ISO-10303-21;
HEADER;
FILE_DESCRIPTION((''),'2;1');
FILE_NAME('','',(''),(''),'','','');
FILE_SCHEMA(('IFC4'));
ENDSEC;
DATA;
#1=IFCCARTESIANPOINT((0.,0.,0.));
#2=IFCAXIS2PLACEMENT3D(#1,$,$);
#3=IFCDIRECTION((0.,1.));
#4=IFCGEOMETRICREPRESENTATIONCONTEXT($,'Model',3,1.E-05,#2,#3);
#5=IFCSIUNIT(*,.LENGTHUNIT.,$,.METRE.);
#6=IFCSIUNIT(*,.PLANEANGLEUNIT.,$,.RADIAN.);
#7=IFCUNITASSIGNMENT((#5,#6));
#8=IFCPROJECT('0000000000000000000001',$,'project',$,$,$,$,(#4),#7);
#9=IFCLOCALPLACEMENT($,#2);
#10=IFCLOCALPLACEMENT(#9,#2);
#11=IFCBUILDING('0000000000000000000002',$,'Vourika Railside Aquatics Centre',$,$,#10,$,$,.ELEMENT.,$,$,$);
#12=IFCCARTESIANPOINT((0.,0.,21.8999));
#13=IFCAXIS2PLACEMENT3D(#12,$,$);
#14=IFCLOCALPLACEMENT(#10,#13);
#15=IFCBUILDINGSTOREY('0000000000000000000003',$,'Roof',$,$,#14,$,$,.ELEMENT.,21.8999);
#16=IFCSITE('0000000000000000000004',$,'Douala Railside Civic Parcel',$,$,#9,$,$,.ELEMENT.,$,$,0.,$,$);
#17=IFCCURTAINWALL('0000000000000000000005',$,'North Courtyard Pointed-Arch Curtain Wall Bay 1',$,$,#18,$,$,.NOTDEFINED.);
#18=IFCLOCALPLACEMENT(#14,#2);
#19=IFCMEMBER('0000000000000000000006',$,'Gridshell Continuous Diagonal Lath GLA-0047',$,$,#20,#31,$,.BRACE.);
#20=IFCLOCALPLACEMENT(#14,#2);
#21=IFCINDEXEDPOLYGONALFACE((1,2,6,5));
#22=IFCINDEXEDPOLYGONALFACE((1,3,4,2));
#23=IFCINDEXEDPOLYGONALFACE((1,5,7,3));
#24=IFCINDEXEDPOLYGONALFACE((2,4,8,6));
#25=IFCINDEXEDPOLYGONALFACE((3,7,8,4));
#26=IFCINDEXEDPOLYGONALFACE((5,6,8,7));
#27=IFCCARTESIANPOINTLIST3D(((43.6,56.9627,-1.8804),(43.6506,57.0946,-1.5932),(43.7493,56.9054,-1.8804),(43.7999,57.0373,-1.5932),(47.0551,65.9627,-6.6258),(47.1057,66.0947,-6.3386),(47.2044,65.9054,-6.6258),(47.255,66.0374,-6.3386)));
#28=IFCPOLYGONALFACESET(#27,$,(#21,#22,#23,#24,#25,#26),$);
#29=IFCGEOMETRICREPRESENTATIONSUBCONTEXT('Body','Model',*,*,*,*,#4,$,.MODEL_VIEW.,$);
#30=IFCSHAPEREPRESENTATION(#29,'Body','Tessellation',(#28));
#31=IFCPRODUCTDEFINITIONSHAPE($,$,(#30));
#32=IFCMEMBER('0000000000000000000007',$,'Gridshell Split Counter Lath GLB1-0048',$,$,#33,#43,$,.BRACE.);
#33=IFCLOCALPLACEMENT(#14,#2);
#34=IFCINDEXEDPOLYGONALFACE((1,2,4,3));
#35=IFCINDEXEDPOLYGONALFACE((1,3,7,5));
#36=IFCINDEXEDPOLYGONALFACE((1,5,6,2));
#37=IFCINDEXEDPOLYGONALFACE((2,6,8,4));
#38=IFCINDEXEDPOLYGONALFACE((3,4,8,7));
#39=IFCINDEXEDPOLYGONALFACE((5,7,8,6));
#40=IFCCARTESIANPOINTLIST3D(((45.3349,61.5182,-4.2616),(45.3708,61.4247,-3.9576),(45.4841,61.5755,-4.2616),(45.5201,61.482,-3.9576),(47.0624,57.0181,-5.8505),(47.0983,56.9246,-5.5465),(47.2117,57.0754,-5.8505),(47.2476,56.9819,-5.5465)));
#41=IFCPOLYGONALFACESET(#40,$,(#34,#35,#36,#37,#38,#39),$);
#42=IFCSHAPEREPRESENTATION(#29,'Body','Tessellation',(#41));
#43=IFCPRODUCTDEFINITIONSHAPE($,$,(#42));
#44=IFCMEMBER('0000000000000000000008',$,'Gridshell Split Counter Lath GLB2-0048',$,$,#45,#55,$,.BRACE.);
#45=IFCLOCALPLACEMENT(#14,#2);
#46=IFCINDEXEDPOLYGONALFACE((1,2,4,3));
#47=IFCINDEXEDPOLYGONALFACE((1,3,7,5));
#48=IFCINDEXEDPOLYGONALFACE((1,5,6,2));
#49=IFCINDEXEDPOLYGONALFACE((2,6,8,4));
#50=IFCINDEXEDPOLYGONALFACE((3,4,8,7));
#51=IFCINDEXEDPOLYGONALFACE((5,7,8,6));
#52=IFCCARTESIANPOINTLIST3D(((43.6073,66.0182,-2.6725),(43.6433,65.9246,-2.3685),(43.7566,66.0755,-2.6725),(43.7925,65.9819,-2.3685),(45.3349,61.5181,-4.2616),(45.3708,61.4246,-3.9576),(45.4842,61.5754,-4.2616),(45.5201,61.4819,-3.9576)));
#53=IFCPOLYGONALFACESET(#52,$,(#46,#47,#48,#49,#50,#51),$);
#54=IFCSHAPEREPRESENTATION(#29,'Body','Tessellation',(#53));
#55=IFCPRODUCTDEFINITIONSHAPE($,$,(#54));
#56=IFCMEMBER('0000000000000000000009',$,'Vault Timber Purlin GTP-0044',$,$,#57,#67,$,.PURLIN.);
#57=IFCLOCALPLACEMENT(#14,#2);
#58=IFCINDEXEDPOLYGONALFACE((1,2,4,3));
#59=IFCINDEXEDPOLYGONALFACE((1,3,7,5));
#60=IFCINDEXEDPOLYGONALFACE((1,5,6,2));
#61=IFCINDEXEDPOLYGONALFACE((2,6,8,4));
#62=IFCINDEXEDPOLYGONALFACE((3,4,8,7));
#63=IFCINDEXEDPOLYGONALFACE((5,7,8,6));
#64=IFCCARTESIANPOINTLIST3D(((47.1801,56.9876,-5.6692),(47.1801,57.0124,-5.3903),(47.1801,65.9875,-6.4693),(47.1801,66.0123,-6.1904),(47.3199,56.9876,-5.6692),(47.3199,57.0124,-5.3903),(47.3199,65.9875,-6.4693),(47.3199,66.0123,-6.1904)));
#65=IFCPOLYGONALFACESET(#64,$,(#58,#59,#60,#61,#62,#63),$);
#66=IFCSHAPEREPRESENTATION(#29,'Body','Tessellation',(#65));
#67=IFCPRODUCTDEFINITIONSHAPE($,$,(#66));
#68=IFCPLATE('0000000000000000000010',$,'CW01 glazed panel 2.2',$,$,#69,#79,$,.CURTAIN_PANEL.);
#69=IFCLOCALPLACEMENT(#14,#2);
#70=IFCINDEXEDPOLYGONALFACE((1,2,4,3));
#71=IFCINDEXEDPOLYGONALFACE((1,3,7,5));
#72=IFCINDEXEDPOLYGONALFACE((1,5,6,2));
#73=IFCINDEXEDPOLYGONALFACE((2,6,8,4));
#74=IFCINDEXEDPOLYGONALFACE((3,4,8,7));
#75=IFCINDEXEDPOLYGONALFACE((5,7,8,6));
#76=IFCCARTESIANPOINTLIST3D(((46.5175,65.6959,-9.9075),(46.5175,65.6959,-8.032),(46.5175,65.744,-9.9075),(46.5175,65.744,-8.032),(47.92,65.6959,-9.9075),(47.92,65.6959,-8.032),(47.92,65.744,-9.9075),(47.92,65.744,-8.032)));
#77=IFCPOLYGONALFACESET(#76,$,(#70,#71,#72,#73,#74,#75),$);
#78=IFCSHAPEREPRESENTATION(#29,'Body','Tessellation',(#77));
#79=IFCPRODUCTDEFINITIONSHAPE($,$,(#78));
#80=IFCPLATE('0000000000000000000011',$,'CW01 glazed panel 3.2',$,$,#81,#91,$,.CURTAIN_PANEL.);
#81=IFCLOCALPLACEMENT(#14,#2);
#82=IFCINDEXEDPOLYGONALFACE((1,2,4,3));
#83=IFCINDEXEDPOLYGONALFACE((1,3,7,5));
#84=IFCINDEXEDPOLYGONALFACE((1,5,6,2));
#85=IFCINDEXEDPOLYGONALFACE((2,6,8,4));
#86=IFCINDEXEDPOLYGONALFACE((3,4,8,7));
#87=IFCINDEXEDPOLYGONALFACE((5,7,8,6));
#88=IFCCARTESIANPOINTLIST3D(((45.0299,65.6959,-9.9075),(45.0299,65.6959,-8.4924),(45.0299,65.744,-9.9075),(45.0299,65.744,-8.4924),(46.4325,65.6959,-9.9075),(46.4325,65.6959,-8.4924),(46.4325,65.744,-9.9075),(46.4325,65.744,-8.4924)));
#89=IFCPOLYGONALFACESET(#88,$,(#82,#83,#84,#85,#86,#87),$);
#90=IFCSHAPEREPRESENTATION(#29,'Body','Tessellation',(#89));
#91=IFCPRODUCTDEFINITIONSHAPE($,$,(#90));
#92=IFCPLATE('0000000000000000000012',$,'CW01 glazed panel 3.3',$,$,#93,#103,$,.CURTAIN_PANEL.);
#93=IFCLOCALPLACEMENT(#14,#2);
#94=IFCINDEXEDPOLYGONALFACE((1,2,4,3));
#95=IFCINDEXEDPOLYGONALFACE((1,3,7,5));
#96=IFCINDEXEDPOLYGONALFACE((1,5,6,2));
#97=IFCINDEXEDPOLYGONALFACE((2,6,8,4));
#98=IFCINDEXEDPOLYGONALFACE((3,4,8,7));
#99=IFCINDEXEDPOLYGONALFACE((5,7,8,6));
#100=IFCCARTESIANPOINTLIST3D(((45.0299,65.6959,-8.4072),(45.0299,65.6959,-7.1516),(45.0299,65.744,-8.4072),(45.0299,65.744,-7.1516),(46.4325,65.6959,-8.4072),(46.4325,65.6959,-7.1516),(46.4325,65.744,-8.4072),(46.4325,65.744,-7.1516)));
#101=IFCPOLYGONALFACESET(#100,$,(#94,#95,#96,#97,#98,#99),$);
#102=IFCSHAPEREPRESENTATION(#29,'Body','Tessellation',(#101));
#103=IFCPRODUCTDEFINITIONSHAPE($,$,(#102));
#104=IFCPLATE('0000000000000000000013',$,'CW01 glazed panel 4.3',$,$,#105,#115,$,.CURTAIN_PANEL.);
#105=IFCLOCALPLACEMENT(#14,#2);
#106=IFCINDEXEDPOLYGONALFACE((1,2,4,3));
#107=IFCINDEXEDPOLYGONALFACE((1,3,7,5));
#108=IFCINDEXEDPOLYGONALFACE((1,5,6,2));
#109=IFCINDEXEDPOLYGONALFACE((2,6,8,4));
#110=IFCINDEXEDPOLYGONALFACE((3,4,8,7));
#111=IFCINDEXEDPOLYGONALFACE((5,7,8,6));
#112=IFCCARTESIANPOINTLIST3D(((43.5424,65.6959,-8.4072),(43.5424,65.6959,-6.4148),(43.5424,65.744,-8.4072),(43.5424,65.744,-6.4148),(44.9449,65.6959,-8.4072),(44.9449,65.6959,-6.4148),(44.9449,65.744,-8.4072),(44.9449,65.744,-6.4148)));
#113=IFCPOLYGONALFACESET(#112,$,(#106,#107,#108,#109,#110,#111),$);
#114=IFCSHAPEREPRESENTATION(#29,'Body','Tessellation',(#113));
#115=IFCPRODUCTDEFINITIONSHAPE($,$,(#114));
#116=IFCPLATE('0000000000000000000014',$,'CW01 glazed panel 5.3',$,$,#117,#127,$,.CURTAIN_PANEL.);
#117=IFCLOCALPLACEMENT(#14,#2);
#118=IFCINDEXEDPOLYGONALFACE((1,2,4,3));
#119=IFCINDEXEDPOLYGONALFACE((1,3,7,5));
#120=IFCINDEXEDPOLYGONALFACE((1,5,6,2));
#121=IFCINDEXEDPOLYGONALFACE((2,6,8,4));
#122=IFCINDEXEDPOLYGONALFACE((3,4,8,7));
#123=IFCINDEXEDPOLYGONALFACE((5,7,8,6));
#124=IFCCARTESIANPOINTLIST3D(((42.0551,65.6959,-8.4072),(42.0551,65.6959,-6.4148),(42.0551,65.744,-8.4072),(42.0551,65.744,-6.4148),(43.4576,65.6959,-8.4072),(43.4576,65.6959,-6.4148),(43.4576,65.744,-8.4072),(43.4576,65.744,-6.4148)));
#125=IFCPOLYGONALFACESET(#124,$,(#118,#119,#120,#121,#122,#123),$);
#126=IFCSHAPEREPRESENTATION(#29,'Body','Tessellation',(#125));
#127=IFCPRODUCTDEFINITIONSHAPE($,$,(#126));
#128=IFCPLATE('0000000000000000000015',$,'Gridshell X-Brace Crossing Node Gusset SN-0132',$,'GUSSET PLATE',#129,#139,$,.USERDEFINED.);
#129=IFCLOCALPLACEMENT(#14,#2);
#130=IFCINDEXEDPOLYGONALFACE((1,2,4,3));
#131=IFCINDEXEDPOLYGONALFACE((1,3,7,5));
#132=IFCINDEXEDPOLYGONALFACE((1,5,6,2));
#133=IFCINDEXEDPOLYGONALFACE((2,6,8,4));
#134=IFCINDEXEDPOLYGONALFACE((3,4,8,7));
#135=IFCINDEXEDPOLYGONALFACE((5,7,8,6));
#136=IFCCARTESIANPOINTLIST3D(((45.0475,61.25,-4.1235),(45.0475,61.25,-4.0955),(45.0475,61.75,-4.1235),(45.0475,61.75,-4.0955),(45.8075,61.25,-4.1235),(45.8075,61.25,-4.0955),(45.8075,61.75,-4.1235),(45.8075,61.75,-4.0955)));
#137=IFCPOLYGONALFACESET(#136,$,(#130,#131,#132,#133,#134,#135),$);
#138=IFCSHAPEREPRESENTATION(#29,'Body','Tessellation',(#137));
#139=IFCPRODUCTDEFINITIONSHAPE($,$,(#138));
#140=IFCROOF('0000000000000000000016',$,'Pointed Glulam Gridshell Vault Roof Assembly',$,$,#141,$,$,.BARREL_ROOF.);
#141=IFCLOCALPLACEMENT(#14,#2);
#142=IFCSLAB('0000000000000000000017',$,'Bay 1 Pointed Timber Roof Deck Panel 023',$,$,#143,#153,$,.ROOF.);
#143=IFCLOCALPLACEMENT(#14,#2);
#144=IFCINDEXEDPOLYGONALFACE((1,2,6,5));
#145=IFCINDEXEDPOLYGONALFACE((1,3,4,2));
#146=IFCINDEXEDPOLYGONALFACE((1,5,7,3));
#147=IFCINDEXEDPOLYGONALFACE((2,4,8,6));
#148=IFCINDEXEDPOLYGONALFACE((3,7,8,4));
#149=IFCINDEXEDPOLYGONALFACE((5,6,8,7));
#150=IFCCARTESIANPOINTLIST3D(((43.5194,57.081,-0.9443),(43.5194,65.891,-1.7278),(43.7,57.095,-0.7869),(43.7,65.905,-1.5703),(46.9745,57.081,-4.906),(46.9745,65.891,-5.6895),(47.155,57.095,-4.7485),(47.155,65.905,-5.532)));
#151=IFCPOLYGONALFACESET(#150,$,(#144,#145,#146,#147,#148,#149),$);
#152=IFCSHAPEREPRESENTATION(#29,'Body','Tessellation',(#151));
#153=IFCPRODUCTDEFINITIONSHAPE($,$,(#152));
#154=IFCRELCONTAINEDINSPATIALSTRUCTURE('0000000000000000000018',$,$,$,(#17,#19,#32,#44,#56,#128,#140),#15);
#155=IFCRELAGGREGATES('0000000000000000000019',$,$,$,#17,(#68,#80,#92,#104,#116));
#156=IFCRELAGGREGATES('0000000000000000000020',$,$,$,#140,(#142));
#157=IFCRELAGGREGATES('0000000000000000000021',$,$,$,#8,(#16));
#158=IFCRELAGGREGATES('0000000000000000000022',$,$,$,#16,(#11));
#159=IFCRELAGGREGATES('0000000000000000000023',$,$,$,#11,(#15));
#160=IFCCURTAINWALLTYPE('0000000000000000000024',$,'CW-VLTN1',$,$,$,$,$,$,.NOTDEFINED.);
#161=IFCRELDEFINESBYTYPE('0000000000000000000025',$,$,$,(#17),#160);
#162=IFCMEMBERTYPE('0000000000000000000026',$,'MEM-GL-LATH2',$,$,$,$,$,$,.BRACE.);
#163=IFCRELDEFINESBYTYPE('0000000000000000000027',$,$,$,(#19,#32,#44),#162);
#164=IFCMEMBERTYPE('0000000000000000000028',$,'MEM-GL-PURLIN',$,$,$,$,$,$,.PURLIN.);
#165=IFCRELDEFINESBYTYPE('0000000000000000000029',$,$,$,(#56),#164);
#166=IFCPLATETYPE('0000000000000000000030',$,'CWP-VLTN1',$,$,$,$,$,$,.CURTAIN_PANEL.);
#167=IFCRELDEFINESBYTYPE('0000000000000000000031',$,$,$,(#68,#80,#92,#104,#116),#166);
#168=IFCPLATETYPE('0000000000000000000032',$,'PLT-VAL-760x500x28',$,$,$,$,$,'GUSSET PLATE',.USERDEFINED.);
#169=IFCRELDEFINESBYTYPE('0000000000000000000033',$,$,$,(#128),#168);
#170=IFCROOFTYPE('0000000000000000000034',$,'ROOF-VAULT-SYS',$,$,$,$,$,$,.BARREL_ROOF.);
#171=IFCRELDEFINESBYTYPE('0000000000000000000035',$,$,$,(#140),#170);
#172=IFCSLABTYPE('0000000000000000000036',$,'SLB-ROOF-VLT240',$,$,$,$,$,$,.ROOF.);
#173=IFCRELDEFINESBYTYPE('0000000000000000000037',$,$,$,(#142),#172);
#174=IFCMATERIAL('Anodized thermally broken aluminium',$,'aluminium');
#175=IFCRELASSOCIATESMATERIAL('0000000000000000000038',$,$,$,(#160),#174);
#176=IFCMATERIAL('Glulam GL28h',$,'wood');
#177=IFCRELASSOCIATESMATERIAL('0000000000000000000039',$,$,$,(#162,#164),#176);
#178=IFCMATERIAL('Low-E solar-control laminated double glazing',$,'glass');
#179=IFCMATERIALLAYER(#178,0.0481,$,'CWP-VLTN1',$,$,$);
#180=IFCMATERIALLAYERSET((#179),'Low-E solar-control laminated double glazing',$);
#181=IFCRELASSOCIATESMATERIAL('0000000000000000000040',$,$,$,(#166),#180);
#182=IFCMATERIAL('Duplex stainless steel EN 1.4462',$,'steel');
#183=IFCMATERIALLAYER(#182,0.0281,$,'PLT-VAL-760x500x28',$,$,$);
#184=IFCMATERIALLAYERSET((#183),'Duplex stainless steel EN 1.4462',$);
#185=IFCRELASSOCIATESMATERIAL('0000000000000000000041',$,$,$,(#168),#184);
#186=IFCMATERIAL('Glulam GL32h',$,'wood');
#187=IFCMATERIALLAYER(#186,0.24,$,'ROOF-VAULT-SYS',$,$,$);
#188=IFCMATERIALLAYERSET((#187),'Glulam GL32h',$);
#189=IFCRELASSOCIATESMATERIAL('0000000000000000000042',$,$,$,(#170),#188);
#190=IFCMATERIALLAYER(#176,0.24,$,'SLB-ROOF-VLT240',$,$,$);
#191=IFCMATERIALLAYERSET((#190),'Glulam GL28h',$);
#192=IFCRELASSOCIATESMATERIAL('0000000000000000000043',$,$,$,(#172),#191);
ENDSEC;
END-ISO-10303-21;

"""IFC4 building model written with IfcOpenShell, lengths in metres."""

from ifc_helpers import new_model, si_unit, direction, frame, origin, origin_2d, place, context, subcontext, project, spatial, polyline, rectangle, outline, extrude, material, layer, layer_set, material_profile, profile_set, type_object, element, aggregate, save


model = new_model("IFC4")

# Units and contexts
model_context = context("Model", 3, precision=1e-05, world=origin(), true_north=direction((0.0, 1.0)))
body_context = subcontext(model_context, "Body", "Model", "MODEL_VIEW")
ifc_project = project(units=[si_unit("LENGTHUNIT", "METRE"), si_unit("PLANEANGLEUNIT", "RADIAN")], contexts=[model_context])

# Site, building, storey
site_placement = place(None, origin())
site = spatial("IfcSite", under=ifc_project, at=site_placement, Name="Douala Railside Civic Parcel", CompositionType="ELEMENT", RefElevation=0.0)
building_placement = place(site_placement, origin())
building = spatial("IfcBuilding", under=site, at=building_placement, Name="Vourika Railside Aquatics Centre", CompositionType="ELEMENT")
storey_placement = place(building_placement, frame((0.0, 0.0, 21.8999)))
storey = spatial("IfcBuildingStorey", under=building, at=storey_placement, Name="Roof", CompositionType="ELEMENT", Elevation=21.8999)

# Shared definitions
ifc_material_1 = material(Name="Glulam GL32h", Category="wood")

# Curtain wall
ifc_material_2 = material(Name="Anodized thermally broken aluminium", Category="aluminium")
curtain_wall_type = type_object("IfcCurtainWallType", Name="CW-VLTN1", PredefinedType="NOTDEFINED", material=ifc_material_2)
curtain_wall_placement = place(storey_placement, origin())
curtain_wall = element("IfcCurtainWall", 1, at=curtain_wall_placement, inside=storey, type_object=curtain_wall_type, Name="North Courtyard Pointed-Arch Curtain Wall Bay 1", PredefinedType="NOTDEFINED")

# Members
ifc_material_3 = material(Name="Glulam GL28h", Category="wood")
ifc_material_profile_1 = material_profile(ifc_material_3, rectangle(XDim=0.1599, YDim=0.3201, at=origin_2d()), Name="GL28h 160x320")
ifc_profile_set_1 = profile_set([ifc_material_profile_1], Name="Glulam GL28h")
member_type_1 = type_object("IfcMemberType", Name="MEM-GL-LATH2", PredefinedType="BRACE", material=ifc_profile_set_1)
member_1_placement = place(storey_placement, frame((43.7, 57.0, -1.7368), z_axis=(0.321551, 0.837595, -0.441632), x_axis=(-0.93357, 0.358395, 0.0)))
element("IfcMember", 2, at=member_1_placement, inside=storey, type_object=member_type_1, Name="Gridshell Continuous Diagonal Lath GLA-0047", PredefinedType="BRACE", context=body_context, shape_type="SweptSolid", body=[
    extrude(rectangle(XDim=0.1599, YDim=0.3201, at=origin_2d()), origin(), (0.0, 0.0, 1.0), 10.7451),
])
for number, where, z_axis, x_axis, name in (
    (3, (47.155, 57.0, -5.6985), (-0.34038, 0.886643, 0.313057), (-0.93357, -0.358395, 0.0), "Gridshell Split Counter Lath GLB1-0048"),
    (4, (45.4275, 61.5, -4.1096), (-0.340375, 0.88663, 0.313101), (-0.93357, -0.358395, 0.0), "Gridshell Split Counter Lath GLB2-0048"),
):
    element("IfcMember", number, at=place(storey_placement, frame(where, z_axis=z_axis, x_axis=x_axis)), inside=storey, type_object=member_type_1, Name=name, PredefinedType="BRACE", context=body_context, shape_type="SweptSolid", body=[
        extrude(rectangle(XDim=0.1599, YDim=0.3201, at=origin_2d()), origin(), (0.0, 0.0, 1.0), 5.0754),
    ])
ifc_material_profile_2 = material_profile(ifc_material_3, rectangle(XDim=0.1399, YDim=0.28, at=origin_2d()), Name="GL28h 140x280")
ifc_profile_set_2 = profile_set([ifc_material_profile_2], Name="Glulam GL28h")
member_type_2 = type_object("IfcMemberType", Name="MEM-GL-PURLIN", PredefinedType="PURLIN", material=ifc_profile_set_2)
member_2_placement = place(storey_placement, frame((47.25, 57.0, -5.5298), z_axis=(0.0, 0.996072, -0.088545), x_axis=(-1.0, 0.0, 0.0)))
element("IfcMember", 5, at=member_2_placement, inside=storey, type_object=member_type_2, Name="Vault Timber Purlin GTP-0044", PredefinedType="PURLIN", context=body_context, shape_type="SweptSolid", body=[
    extrude(rectangle(XDim=0.1399, YDim=0.28, at=origin_2d()), origin(), (0.0, 0.0, 1.0), 9.0354),
])

# Plates
ifc_material_4 = material(Name="Low-E solar-control laminated double glazing", Category="glass")
ifc_layer_1 = layer(ifc_material_4, 0.0481, Name="CWP-VLTN1")
ifc_layer_set_1 = layer_set([ifc_layer_1], Name="Low-E solar-control laminated double glazing")
plate_type_1 = type_object("IfcPlateType", Name="CWP-VLTN1", PredefinedType="CURTAIN_PANEL", material=ifc_layer_set_1)
plate_1_placement = place(storey_placement, frame((47.2188, 65.72, -9.9075), z_axis=(0.0, 0.0, 1.0), x_axis=(-1.0, 0.0, 0.0)))
plate_1 = element("IfcPlate", 6, at=plate_1_placement, type_object=plate_type_1, Name="CW01 glazed panel 2.2", PredefinedType="CURTAIN_PANEL", context=body_context, shape_type="SweptSolid", body=[
    extrude(rectangle(XDim=1.4026, YDim=0.0481, at=origin_2d()), origin(), (0.0, 0.0, 1.0), 1.8755),
])
plate_2_placement = place(storey_placement, frame((45.7312, 65.72, -9.9075), z_axis=(0.0, 0.0, 1.0), x_axis=(-1.0, 0.0, 0.0)))
plate_2 = element("IfcPlate", 7, at=plate_2_placement, type_object=plate_type_1, Name="CW01 glazed panel 3.2", PredefinedType="CURTAIN_PANEL", context=body_context, shape_type="SweptSolid", body=[
    extrude(rectangle(XDim=1.4026, YDim=0.0481, at=origin_2d()), origin(), (0.0, 0.0, 1.0), 1.415),
])
plate_3_placement = place(storey_placement, frame((45.7312, 65.72, -8.4072), z_axis=(0.0, 0.0, 1.0), x_axis=(-1.0, 0.0, 0.0)))
plate_3 = element("IfcPlate", 8, at=plate_3_placement, type_object=plate_type_1, Name="CW01 glazed panel 3.3", PredefinedType="CURTAIN_PANEL", context=body_context, shape_type="SweptSolid", body=[
    extrude(rectangle(XDim=1.4026, YDim=0.0481, at=origin_2d()), origin(), (0.0, 0.0, 1.0), 1.2556),
])
plate_4_placement = place(storey_placement, frame((44.2437, 65.72, -8.4072), z_axis=(0.0, 0.0, 1.0), x_axis=(-1.0, 0.0, 0.0)))
plate_4 = element("IfcPlate", 9, at=plate_4_placement, type_object=plate_type_1, Name="CW01 glazed panel 4.3", PredefinedType="CURTAIN_PANEL", context=body_context, shape_type="SweptSolid", body=[
    extrude(rectangle(XDim=1.4026, YDim=0.0481, at=origin_2d()), origin(), (0.0, 0.0, 1.0), 1.9924),
])
plate_5_placement = place(storey_placement, frame((42.7563, 65.72, -8.4072), z_axis=(0.0, 0.0, 1.0), x_axis=(-1.0, 0.0, 0.0)))
plate_5 = element("IfcPlate", 10, at=plate_5_placement, type_object=plate_type_1, Name="CW01 glazed panel 5.3", PredefinedType="CURTAIN_PANEL", context=body_context, shape_type="SweptSolid", body=[
    extrude(rectangle(XDim=1.4026, YDim=0.0481, at=origin_2d()), origin(), (0.0, 0.0, 1.0), 1.9924),
])
aggregate(curtain_wall, [plate_1, plate_2, plate_3, plate_4, plate_5])
ifc_material_5 = material(Name="Duplex stainless steel EN 1.4462", Category="steel")
ifc_layer_2 = layer(ifc_material_5, 0.0281, Name="PLT-VAL-760x500x28")
ifc_layer_set_2 = layer_set([ifc_layer_2], Name="Duplex stainless steel EN 1.4462")
plate_type_2 = type_object("IfcPlateType", Name="PLT-VAL-760x500x28", ElementType="GUSSET PLATE", PredefinedType="USERDEFINED", material=ifc_layer_set_2)
plate_6_placement = place(storey_placement, frame((45.4275, 61.5, -4.1235), z_axis=(0.0, 0.0, 1.0), x_axis=(1.0, 0.0, 0.0)))
element("IfcPlate", 11, at=plate_6_placement, inside=storey, type_object=plate_type_2, Name="Gridshell X-Brace Crossing Node Gusset SN-0132", ObjectType="GUSSET PLATE", PredefinedType="USERDEFINED", context=body_context, shape_type="SweptSolid", body=[
    extrude(rectangle(XDim=0.76, YDim=0.5, at=origin_2d()), origin(), (0.0, 0.0, 1.0), 0.0281),
])

# Roof, slab
ifc_layer_3 = layer(ifc_material_1, 0.24, Name="ROOF-VAULT-SYS")
ifc_layer_set_3 = layer_set([ifc_layer_3], Name="Glulam GL32h")
roof_type = type_object("IfcRoofType", Name="ROOF-VAULT-SYS", PredefinedType="BARREL_ROOF", material=ifc_layer_set_3)
roof_placement = place(storey_placement, origin())
roof = element("IfcRoof", 12, at=roof_placement, inside=storey, type_object=roof_type, Name="Pointed Glulam Gridshell Vault Roof Assembly", PredefinedType="BARREL_ROOF")
ifc_layer_4 = layer(ifc_material_3, 0.24, Name="SLB-ROOF-VLT240")
ifc_layer_set_4 = layer_set([ifc_layer_4], Name="Glulam GL28h")
slab_type = type_object("IfcSlabType", Name="SLB-ROOF-VLT240", PredefinedType="ROOF", material=ifc_layer_set_4)
slab_placement = place(storey_placement, frame((43.7, 57.095, -0.7869), z_axis=(0.752365, 0.05835, 0.656157), x_axis=(0.657277, 0.0, -0.753649)))
slab = element("IfcSlab", 13, at=slab_placement, type_object=slab_type, Name="Bay 1 Pointed Timber Roof Deck Panel 023", PredefinedType="ROOF", context=body_context, shape_type="SweptSolid", body=[
    extrude(outline(polyline([(0.0, 0.0), (5.2567, 0.0), (5.8471, 8.8251), (0.5904, 8.8251), (0.0, 0.0)])), origin(), (0.0, 0.0, -1.0), 0.24),
])
aggregate(roof, [slab])

save(model, "model.ifc")
